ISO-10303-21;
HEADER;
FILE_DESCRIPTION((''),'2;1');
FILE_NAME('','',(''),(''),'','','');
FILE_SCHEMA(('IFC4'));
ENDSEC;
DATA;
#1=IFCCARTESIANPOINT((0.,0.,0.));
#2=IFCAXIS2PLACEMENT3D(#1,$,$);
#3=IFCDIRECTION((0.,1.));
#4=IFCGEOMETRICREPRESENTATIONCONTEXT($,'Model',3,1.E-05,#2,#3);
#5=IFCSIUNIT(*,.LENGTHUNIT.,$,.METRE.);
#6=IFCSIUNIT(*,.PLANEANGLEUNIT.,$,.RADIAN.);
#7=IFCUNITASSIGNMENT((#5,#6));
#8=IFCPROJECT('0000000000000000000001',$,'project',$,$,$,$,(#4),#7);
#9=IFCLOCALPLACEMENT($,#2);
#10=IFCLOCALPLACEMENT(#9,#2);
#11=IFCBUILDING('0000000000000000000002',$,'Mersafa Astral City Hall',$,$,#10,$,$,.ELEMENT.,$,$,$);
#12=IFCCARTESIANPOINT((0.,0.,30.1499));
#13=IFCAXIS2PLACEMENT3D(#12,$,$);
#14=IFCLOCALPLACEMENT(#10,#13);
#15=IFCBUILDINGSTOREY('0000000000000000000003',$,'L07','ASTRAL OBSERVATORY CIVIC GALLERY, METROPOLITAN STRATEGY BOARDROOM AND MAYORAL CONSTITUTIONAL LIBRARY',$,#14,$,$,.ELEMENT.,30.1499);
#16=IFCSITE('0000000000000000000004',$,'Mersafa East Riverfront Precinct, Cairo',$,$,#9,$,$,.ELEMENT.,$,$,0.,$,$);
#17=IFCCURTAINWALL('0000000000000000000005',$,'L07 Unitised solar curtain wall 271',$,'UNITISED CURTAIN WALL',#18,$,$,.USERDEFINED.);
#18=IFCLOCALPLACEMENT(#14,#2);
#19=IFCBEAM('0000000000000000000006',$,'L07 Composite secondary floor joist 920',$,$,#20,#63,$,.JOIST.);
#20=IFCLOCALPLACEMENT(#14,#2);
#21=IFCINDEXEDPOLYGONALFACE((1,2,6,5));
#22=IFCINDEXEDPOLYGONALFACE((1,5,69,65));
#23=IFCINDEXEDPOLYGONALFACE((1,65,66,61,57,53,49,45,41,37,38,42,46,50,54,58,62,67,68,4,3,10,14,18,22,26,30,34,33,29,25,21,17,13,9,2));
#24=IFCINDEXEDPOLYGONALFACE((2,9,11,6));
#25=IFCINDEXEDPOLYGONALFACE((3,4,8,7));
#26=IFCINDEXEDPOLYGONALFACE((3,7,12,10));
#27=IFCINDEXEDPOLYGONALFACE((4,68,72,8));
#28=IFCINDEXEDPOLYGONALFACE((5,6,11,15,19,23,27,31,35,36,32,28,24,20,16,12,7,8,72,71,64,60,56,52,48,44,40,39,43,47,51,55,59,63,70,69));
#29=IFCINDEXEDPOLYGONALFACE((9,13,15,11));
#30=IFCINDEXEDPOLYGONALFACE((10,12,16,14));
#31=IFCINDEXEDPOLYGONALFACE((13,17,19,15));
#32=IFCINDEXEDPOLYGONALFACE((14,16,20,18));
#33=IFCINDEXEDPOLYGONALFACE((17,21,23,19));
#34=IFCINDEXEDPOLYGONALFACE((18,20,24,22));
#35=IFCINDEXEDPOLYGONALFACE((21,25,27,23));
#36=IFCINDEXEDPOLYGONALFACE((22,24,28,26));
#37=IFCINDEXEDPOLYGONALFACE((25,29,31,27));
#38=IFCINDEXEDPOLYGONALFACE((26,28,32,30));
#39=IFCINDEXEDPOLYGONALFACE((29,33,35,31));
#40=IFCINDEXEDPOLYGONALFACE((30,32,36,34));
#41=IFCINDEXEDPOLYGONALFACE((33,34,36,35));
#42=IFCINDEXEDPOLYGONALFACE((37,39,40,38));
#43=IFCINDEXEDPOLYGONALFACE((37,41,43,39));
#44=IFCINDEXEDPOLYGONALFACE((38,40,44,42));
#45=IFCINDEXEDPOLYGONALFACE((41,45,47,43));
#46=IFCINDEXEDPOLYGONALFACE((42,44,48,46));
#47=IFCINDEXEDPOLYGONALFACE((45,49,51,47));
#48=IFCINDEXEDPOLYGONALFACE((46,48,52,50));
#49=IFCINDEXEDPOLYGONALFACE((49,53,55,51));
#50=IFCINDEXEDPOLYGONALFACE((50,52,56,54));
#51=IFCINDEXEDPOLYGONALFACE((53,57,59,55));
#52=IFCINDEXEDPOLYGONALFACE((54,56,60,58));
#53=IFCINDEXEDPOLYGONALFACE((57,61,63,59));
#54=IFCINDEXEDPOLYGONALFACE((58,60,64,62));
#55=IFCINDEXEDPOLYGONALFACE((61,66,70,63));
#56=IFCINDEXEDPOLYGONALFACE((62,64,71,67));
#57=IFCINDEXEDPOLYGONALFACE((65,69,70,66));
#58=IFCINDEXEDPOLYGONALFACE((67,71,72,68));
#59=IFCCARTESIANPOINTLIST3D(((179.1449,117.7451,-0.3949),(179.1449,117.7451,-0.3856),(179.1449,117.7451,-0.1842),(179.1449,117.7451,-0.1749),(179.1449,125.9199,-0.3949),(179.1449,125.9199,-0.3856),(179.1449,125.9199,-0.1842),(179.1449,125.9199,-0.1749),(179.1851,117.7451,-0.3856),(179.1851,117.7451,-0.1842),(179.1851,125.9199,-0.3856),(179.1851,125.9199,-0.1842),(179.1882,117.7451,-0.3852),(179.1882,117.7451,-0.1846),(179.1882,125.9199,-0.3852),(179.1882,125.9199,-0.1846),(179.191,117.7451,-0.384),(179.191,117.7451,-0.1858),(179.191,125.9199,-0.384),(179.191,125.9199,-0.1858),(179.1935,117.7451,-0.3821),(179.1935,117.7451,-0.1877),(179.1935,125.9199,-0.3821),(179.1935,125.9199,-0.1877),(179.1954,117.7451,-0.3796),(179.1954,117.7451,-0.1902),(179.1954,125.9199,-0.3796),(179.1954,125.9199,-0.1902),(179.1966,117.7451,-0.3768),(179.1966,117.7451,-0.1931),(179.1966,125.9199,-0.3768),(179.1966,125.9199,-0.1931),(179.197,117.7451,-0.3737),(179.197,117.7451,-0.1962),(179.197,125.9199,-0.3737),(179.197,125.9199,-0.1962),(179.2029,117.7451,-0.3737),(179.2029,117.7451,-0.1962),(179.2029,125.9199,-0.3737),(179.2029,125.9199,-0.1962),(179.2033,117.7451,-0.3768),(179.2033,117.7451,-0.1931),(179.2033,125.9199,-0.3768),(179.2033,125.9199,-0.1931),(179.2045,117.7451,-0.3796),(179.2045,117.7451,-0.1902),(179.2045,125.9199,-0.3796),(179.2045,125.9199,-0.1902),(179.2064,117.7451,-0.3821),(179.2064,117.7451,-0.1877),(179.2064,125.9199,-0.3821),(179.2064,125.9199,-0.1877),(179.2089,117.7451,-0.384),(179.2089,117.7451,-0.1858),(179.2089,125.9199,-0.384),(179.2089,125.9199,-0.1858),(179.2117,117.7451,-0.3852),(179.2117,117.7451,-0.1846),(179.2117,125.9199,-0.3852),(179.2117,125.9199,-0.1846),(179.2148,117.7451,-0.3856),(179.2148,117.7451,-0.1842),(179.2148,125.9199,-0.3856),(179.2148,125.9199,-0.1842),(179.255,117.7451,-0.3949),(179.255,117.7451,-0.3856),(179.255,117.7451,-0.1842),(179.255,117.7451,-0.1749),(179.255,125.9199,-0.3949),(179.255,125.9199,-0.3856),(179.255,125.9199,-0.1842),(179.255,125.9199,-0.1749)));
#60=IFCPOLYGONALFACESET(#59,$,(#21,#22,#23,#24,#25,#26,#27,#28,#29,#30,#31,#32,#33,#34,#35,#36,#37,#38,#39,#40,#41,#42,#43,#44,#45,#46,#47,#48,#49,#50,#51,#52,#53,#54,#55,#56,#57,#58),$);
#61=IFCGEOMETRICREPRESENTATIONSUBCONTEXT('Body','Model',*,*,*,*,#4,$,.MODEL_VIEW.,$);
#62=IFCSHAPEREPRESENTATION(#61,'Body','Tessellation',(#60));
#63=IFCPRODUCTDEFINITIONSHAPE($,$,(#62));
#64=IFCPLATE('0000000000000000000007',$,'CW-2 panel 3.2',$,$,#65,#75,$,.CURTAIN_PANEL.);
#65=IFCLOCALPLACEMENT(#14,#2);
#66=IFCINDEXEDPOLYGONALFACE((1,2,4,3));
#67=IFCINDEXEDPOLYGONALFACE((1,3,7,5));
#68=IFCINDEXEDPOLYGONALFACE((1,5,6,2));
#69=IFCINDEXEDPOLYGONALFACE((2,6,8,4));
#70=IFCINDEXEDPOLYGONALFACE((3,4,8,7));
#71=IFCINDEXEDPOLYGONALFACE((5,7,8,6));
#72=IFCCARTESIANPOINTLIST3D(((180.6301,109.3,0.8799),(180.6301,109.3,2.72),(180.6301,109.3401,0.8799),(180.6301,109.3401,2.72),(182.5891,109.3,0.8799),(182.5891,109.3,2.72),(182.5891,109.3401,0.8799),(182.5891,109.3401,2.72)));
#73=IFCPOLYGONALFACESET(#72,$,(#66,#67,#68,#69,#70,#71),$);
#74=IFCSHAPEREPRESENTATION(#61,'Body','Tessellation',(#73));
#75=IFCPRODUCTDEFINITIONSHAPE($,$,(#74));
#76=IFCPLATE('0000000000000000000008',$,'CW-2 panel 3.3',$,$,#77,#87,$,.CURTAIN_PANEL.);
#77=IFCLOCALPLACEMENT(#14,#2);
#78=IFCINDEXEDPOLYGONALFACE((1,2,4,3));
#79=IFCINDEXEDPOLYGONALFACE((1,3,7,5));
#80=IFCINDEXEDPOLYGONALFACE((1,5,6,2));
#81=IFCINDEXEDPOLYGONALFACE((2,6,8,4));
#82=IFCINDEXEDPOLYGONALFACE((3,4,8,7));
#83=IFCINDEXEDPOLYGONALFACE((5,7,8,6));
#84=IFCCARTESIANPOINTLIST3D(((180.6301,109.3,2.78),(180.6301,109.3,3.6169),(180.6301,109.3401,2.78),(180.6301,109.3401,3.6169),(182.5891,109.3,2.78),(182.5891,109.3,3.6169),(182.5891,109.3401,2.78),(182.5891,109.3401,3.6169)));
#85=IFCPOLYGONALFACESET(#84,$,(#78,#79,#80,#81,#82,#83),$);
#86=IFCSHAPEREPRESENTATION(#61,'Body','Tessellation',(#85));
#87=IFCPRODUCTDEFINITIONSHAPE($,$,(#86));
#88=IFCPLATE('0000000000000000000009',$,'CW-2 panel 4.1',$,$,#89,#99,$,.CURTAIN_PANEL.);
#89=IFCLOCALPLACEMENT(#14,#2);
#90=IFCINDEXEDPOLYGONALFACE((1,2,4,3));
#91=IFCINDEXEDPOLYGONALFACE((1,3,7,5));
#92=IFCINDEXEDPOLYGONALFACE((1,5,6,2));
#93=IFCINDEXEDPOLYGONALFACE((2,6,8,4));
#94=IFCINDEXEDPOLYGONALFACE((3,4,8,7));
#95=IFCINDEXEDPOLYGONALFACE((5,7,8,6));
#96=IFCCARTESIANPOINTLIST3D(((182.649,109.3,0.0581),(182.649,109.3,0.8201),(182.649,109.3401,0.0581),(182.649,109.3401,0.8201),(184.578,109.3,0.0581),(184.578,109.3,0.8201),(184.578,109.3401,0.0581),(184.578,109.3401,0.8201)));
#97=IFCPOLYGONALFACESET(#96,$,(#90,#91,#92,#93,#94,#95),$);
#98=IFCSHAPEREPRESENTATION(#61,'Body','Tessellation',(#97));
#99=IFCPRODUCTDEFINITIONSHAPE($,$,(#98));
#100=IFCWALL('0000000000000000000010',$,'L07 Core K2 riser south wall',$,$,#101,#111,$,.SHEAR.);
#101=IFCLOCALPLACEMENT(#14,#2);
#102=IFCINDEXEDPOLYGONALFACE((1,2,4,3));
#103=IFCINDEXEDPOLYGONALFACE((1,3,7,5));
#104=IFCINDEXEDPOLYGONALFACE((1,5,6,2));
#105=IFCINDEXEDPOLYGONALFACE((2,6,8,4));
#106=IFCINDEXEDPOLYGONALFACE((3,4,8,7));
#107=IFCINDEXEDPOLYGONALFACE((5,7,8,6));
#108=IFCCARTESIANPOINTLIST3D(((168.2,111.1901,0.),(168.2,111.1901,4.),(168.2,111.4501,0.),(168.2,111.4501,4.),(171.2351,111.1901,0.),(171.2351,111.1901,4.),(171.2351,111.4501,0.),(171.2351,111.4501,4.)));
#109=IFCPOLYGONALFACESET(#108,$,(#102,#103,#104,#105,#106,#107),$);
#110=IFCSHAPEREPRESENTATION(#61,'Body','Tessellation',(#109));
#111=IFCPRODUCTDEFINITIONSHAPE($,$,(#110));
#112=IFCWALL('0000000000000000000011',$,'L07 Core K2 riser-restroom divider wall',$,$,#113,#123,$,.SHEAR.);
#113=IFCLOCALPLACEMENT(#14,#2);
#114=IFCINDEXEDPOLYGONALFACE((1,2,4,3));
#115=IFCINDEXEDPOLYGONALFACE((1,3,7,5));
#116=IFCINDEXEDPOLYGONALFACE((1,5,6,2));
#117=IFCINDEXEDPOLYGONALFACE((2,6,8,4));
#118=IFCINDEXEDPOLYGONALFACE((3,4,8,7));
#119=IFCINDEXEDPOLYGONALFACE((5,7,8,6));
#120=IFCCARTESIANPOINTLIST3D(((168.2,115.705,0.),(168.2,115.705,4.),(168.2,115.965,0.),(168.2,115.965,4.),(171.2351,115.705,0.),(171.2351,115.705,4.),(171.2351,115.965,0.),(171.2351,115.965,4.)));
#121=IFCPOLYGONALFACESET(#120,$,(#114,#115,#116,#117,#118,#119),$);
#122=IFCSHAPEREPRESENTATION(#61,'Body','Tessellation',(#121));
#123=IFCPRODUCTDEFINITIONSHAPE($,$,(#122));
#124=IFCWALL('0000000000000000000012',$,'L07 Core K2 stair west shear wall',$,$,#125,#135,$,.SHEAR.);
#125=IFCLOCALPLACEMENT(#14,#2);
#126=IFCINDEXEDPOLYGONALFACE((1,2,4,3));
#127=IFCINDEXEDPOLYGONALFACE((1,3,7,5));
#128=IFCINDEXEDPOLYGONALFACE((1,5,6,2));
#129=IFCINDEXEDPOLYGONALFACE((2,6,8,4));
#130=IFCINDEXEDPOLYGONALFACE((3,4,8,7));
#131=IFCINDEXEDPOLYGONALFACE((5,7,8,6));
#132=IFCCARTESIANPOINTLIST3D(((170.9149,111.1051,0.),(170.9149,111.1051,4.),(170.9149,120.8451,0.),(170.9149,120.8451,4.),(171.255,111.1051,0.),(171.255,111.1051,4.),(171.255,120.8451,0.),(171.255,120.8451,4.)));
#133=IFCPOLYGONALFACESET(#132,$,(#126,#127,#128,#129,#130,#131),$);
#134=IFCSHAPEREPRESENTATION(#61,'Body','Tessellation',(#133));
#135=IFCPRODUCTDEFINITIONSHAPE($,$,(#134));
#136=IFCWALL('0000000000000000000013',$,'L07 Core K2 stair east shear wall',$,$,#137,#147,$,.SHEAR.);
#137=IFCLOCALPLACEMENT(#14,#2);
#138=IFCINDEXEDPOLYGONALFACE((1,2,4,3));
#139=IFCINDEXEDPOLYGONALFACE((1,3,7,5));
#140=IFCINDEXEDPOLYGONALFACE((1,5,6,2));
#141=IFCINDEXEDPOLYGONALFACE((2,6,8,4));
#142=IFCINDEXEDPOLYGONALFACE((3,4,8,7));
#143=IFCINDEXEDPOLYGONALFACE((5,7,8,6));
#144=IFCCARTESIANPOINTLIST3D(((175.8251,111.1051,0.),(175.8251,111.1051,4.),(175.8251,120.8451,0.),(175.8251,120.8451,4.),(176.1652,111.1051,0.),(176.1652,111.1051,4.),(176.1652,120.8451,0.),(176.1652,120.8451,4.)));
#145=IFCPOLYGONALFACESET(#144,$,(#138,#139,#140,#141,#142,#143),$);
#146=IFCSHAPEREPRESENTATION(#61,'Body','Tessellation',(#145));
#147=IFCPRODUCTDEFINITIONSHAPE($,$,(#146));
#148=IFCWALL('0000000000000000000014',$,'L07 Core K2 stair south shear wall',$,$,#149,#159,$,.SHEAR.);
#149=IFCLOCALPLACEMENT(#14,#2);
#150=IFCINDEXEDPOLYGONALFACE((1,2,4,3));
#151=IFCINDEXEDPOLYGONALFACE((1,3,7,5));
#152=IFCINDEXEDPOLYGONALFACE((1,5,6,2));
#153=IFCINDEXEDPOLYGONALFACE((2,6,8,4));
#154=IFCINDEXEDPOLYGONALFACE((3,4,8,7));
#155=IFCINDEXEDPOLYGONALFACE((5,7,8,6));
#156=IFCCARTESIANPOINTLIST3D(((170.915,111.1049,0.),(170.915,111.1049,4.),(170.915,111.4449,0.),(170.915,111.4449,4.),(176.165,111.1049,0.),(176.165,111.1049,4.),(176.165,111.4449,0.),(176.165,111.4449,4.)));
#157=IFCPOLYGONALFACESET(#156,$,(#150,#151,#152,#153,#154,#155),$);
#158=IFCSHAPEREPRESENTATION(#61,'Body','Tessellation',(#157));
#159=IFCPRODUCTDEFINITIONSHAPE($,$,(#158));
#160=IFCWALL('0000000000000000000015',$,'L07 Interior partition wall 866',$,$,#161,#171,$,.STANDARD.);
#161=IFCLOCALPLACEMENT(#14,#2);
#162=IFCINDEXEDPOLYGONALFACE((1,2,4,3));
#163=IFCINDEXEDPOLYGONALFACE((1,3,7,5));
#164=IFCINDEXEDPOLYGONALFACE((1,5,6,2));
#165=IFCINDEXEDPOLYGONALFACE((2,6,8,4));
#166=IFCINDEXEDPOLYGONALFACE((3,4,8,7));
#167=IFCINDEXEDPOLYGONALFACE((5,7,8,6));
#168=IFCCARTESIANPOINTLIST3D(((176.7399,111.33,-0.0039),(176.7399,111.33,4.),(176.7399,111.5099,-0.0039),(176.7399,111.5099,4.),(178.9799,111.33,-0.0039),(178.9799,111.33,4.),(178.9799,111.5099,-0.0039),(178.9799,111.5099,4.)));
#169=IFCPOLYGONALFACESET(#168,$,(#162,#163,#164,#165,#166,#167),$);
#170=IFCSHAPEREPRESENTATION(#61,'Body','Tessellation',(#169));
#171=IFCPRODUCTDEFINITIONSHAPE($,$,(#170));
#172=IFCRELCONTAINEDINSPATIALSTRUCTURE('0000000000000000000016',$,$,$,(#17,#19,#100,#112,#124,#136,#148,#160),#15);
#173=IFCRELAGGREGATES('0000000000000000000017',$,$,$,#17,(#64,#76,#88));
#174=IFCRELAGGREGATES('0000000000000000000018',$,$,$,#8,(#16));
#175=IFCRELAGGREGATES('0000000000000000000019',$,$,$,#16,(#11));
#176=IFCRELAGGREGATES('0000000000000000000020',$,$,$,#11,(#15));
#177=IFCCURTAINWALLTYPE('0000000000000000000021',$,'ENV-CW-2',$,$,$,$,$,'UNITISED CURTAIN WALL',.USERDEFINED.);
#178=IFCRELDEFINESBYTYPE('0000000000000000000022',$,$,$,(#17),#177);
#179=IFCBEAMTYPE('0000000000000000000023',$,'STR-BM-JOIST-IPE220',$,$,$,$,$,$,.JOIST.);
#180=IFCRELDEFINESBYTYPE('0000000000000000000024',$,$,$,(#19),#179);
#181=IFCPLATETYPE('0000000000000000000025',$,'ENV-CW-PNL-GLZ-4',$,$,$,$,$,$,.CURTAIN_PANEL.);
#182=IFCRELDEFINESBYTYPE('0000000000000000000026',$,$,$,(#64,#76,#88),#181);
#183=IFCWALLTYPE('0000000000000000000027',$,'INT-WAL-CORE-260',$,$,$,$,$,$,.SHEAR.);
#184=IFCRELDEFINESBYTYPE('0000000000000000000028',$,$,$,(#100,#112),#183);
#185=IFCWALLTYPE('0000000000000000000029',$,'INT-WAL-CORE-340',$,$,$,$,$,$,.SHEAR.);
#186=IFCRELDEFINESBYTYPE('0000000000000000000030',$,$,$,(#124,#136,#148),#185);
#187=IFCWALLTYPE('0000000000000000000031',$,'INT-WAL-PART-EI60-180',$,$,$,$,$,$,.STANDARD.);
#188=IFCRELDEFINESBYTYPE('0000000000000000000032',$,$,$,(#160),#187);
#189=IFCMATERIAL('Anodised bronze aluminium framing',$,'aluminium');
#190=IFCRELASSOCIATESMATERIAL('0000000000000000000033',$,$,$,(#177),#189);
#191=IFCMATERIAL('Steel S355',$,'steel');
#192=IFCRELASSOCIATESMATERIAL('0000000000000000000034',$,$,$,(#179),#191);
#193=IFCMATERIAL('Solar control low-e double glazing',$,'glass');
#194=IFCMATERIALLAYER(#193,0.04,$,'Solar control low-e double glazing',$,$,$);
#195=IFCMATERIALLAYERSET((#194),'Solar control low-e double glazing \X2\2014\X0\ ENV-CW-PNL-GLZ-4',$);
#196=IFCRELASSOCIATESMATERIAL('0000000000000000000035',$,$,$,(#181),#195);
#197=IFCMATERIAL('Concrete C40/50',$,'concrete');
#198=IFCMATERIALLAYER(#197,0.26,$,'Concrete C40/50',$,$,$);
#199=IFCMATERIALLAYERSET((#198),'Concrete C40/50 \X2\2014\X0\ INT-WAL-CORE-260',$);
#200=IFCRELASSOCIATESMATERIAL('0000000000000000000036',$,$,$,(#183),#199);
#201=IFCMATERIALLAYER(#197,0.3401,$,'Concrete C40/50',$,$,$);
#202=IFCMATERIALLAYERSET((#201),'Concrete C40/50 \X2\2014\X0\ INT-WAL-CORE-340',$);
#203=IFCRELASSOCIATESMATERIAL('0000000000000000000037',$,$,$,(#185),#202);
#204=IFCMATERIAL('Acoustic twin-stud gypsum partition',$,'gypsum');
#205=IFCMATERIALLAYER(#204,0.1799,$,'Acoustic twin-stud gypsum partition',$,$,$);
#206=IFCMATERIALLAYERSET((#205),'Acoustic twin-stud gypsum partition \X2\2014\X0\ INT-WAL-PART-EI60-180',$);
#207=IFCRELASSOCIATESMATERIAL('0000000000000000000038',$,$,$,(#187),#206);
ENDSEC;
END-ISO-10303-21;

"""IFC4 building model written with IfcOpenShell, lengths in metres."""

from ifc_helpers import new_model, si_unit, direction, frame, frame_2d, origin, origin_2d, place, context, subcontext, project, spatial, rectangle, i_section, extrude, material, layer, layer_set, material_profile, profile_set, type_object, element, aggregate, save


model = new_model("IFC4")

# Units and contexts
model_context = context("Model", 3, precision=1e-05, world=origin(), true_north=direction((0.0, 1.0)))
body_context = subcontext(model_context, "Body", "Model", "MODEL_VIEW")
ifc_project = project(units=[si_unit("LENGTHUNIT", "METRE"), si_unit("PLANEANGLEUNIT", "RADIAN")], contexts=[model_context])

# Site, building, storey
site_placement = place(None, origin())
site = spatial("IfcSite", under=ifc_project, at=site_placement, Name="Mersafa East Riverfront Precinct, Cairo", CompositionType="ELEMENT", RefElevation=0.0)
building_placement = place(site_placement, origin())
building = spatial("IfcBuilding", under=site, at=building_placement, Name="Mersafa Astral City Hall", CompositionType="ELEMENT")
storey_placement = place(building_placement, frame((0.0, 0.0, 30.1499)))
storey = spatial("IfcBuildingStorey", under=building, at=storey_placement, Name="L07", Description="ASTRAL OBSERVATORY CIVIC GALLERY, METROPOLITAN STRATEGY BOARDROOM AND MAYORAL CONSTITUTIONAL LIBRARY", CompositionType="ELEMENT", Elevation=30.1499)

# Shared definitions
ifc_material_1 = material(Name="Steel S355", Category="steel")

# Curtain wall
ifc_material_2 = material(Name="Anodised bronze aluminium framing", Category="aluminium")
curtain_wall_type = type_object("IfcCurtainWallType", Name="ENV-CW-2", ElementType="UNITISED CURTAIN WALL", PredefinedType="USERDEFINED", material=ifc_material_2)
curtain_wall_placement = place(storey_placement, origin())
curtain_wall = element("IfcCurtainWall", 1, at=curtain_wall_placement, inside=storey, type_object=curtain_wall_type, Name="L07 Unitised solar curtain wall 271", ObjectType="UNITISED CURTAIN WALL", PredefinedType="USERDEFINED")

# Beam
ifc_material_profile_1 = material_profile(ifc_material_1, i_section(OverallWidth=0.1101, OverallDepth=0.22, WebThickness=0.0059, FlangeThickness=0.0093, FilletRadius=0.012, at=origin_2d()), Name="IPE 220")
ifc_profile_set_1 = profile_set([ifc_material_profile_1], Name="Steel S355")
beam_type_1 = type_object("IfcBeamType", Name="STR-BM-JOIST-IPE220", PredefinedType="JOIST", material=ifc_profile_set_1)
beam_1_placement = place(storey_placement, frame((179.2, 117.7451, -0.2849), z_axis=(0.0, 1.0, 0.0), x_axis=(-1.0, 0.0, 0.0)))
element("IfcBeam", 2, at=beam_1_placement, inside=storey, type_object=beam_type_1, Name="L07 Composite secondary floor joist 920", PredefinedType="JOIST", context=body_context, shape_type="SweptSolid", body=[
    extrude(i_section(OverallWidth=0.1101, OverallDepth=0.22, WebThickness=0.0059, FlangeThickness=0.0093, FilletRadius=0.012, at=origin_2d()), origin(), (0.0, 0.0, 1.0), 8.1748),
])

# Plates
ifc_material_3 = material(Name="Solar control low-e double glazing", Category="glass")
ifc_layer_1 = layer(ifc_material_3, 0.04, Name="Solar control low-e double glazing")
ifc_layer_set_1 = layer_set([ifc_layer_1], Name="Solar control low-e double glazing — ENV-CW-PNL-GLZ-4")
plate_type = type_object("IfcPlateType", Name="ENV-CW-PNL-GLZ-4", PredefinedType="CURTAIN_PANEL", material=ifc_layer_set_1)
plate_1_placement = place(storey_placement, frame((181.6096, 109.3201, 0.8799), z_axis=(0.0, 0.0, 1.0), x_axis=(1.0, 0.0, 0.0)))
plate_1 = element("IfcPlate", 3, at=plate_1_placement, type_object=plate_type, Name="CW-2 panel 3.2", PredefinedType="CURTAIN_PANEL", context=body_context, shape_type="SweptSolid", body=[
    extrude(rectangle(XDim=1.959, YDim=0.04, at=origin_2d()), origin(), (0.0, 0.0, 1.0), 1.8401),
])
plate_2_placement = place(storey_placement, frame((181.6096, 109.3201, 2.78), z_axis=(0.0, 0.0, 1.0), x_axis=(1.0, 0.0, 0.0)))
plate_2 = element("IfcPlate", 4, at=plate_2_placement, type_object=plate_type, Name="CW-2 panel 3.3", PredefinedType="CURTAIN_PANEL", context=body_context, shape_type="SweptSolid", body=[
    extrude(rectangle(XDim=1.959, YDim=0.04, at=origin_2d()), origin(), (0.0, 0.0, 1.0), 0.8369),
])
plate_3_placement = place(storey_placement, frame((183.6135, 109.3201, 0.0581), z_axis=(0.0, 0.0, 1.0), x_axis=(1.0, 0.0, 0.0)))
plate_3 = element("IfcPlate", 5, at=plate_3_placement, type_object=plate_type, Name="CW-2 panel 4.1", PredefinedType="CURTAIN_PANEL", context=body_context, shape_type="SweptSolid", body=[
    extrude(rectangle(XDim=1.929, YDim=0.04, at=origin_2d()), origin(), (0.0, 0.0, 1.0), 0.762),
])
aggregate(curtain_wall, [plate_1, plate_2, plate_3])

# Walls
ifc_material_4 = material(Name="Concrete C40/50", Category="concrete")
ifc_layer_2 = layer(ifc_material_4, 0.26, Name="Concrete C40/50")
ifc_layer_set_2 = layer_set([ifc_layer_2], Name="Concrete C40/50 — INT-WAL-CORE-260")
wall_type_1 = type_object("IfcWallType", Name="INT-WAL-CORE-260", PredefinedType="SHEAR", material=ifc_layer_set_2)
for number, where, z_axis, x_axis, name in (
    (6, (168.2, 111.3201, 0.0), (0.0, 0.0, 1.0), (1.0, 0.0, 0.0), "L07 Core K2 riser south wall"),
    (7, (168.2, 115.835, 0.0), (0.0, 0.0, 1.0), (1.0, 0.0, 0.0), "L07 Core K2 riser-restroom divider wall"),
):
    element("IfcWall", number, at=place(storey_placement, frame(where, z_axis=z_axis, x_axis=x_axis)), inside=storey, type_object=wall_type_1, Name=name, PredefinedType="SHEAR", context=body_context, shape_type="SweptSolid", body=[
        extrude(rectangle(XDim=3.0352, YDim=0.26, at=frame_2d((1.5176, 0.0))), origin(), (0.0, 0.0, 1.0), 4.0),
    ])
ifc_layer_3 = layer(ifc_material_4, 0.3401, Name="Concrete C40/50")
ifc_layer_set_3 = layer_set([ifc_layer_3], Name="Concrete C40/50 — INT-WAL-CORE-340")
wall_type_2 = type_object("IfcWallType", Name="INT-WAL-CORE-340", PredefinedType="SHEAR", material=ifc_layer_set_3)
for number, where, z_axis, x_axis, name in (
    (8, (171.085, 111.105, 0.0), (0.0, 0.0, 1.0), (0.0, 1.0, 0.0), "L07 Core K2 stair west shear wall"),
    (9, (175.9951, 111.105, 0.0), (0.0, 0.0, 1.0), (0.0, 1.0, 0.0), "L07 Core K2 stair east shear wall"),
):
    element("IfcWall", number, at=place(storey_placement, frame(where, z_axis=z_axis, x_axis=x_axis)), inside=storey, type_object=wall_type_2, Name=name, PredefinedType="SHEAR", context=body_context, shape_type="SweptSolid", body=[
        extrude(rectangle(XDim=9.74, YDim=0.3401, at=frame_2d((4.8701, 0.0))), origin(), (0.0, 0.0, 1.0), 4.0),
    ])
wall_1_placement = place(storey_placement, frame((170.915, 111.2749, 0.0), z_axis=(0.0, 0.0, 1.0), x_axis=(1.0, 0.0, 0.0)))
element("IfcWall", 10, at=wall_1_placement, inside=storey, type_object=wall_type_2, Name="L07 Core K2 stair south shear wall", PredefinedType="SHEAR", context=body_context, shape_type="SweptSolid", body=[
    extrude(rectangle(XDim=5.25, YDim=0.3401, at=frame_2d((2.625, 0.0))), origin(), (0.0, 0.0, 1.0), 4.0),
])
ifc_material_5 = material(Name="Acoustic twin-stud gypsum partition", Category="gypsum")
ifc_layer_4 = layer(ifc_material_5, 0.1799, Name="Acoustic twin-stud gypsum partition")
ifc_layer_set_4 = layer_set([ifc_layer_4], Name="Acoustic twin-stud gypsum partition — INT-WAL-PART-EI60-180")
wall_type_3 = type_object("IfcWallType", Name="INT-WAL-PART-EI60-180", PredefinedType="STANDARD", material=ifc_layer_set_4)
wall_2_placement = place(storey_placement, frame((178.98, 111.4199, -0.0039), z_axis=(0.0, 0.0, 1.0), x_axis=(-1.0, 0.0, 0.0)))
element("IfcWall", 11, at=wall_2_placement, inside=storey, type_object=wall_type_3, Name="L07 Interior partition wall 866", PredefinedType="STANDARD", context=body_context, shape_type="SweptSolid", body=[
    extrude(rectangle(XDim=2.24, YDim=0.1799, at=frame_2d((1.1201, 0.0))), origin(), (0.0, 0.0, 1.0), 4.0039),
])

save(model, "model.ifc")
